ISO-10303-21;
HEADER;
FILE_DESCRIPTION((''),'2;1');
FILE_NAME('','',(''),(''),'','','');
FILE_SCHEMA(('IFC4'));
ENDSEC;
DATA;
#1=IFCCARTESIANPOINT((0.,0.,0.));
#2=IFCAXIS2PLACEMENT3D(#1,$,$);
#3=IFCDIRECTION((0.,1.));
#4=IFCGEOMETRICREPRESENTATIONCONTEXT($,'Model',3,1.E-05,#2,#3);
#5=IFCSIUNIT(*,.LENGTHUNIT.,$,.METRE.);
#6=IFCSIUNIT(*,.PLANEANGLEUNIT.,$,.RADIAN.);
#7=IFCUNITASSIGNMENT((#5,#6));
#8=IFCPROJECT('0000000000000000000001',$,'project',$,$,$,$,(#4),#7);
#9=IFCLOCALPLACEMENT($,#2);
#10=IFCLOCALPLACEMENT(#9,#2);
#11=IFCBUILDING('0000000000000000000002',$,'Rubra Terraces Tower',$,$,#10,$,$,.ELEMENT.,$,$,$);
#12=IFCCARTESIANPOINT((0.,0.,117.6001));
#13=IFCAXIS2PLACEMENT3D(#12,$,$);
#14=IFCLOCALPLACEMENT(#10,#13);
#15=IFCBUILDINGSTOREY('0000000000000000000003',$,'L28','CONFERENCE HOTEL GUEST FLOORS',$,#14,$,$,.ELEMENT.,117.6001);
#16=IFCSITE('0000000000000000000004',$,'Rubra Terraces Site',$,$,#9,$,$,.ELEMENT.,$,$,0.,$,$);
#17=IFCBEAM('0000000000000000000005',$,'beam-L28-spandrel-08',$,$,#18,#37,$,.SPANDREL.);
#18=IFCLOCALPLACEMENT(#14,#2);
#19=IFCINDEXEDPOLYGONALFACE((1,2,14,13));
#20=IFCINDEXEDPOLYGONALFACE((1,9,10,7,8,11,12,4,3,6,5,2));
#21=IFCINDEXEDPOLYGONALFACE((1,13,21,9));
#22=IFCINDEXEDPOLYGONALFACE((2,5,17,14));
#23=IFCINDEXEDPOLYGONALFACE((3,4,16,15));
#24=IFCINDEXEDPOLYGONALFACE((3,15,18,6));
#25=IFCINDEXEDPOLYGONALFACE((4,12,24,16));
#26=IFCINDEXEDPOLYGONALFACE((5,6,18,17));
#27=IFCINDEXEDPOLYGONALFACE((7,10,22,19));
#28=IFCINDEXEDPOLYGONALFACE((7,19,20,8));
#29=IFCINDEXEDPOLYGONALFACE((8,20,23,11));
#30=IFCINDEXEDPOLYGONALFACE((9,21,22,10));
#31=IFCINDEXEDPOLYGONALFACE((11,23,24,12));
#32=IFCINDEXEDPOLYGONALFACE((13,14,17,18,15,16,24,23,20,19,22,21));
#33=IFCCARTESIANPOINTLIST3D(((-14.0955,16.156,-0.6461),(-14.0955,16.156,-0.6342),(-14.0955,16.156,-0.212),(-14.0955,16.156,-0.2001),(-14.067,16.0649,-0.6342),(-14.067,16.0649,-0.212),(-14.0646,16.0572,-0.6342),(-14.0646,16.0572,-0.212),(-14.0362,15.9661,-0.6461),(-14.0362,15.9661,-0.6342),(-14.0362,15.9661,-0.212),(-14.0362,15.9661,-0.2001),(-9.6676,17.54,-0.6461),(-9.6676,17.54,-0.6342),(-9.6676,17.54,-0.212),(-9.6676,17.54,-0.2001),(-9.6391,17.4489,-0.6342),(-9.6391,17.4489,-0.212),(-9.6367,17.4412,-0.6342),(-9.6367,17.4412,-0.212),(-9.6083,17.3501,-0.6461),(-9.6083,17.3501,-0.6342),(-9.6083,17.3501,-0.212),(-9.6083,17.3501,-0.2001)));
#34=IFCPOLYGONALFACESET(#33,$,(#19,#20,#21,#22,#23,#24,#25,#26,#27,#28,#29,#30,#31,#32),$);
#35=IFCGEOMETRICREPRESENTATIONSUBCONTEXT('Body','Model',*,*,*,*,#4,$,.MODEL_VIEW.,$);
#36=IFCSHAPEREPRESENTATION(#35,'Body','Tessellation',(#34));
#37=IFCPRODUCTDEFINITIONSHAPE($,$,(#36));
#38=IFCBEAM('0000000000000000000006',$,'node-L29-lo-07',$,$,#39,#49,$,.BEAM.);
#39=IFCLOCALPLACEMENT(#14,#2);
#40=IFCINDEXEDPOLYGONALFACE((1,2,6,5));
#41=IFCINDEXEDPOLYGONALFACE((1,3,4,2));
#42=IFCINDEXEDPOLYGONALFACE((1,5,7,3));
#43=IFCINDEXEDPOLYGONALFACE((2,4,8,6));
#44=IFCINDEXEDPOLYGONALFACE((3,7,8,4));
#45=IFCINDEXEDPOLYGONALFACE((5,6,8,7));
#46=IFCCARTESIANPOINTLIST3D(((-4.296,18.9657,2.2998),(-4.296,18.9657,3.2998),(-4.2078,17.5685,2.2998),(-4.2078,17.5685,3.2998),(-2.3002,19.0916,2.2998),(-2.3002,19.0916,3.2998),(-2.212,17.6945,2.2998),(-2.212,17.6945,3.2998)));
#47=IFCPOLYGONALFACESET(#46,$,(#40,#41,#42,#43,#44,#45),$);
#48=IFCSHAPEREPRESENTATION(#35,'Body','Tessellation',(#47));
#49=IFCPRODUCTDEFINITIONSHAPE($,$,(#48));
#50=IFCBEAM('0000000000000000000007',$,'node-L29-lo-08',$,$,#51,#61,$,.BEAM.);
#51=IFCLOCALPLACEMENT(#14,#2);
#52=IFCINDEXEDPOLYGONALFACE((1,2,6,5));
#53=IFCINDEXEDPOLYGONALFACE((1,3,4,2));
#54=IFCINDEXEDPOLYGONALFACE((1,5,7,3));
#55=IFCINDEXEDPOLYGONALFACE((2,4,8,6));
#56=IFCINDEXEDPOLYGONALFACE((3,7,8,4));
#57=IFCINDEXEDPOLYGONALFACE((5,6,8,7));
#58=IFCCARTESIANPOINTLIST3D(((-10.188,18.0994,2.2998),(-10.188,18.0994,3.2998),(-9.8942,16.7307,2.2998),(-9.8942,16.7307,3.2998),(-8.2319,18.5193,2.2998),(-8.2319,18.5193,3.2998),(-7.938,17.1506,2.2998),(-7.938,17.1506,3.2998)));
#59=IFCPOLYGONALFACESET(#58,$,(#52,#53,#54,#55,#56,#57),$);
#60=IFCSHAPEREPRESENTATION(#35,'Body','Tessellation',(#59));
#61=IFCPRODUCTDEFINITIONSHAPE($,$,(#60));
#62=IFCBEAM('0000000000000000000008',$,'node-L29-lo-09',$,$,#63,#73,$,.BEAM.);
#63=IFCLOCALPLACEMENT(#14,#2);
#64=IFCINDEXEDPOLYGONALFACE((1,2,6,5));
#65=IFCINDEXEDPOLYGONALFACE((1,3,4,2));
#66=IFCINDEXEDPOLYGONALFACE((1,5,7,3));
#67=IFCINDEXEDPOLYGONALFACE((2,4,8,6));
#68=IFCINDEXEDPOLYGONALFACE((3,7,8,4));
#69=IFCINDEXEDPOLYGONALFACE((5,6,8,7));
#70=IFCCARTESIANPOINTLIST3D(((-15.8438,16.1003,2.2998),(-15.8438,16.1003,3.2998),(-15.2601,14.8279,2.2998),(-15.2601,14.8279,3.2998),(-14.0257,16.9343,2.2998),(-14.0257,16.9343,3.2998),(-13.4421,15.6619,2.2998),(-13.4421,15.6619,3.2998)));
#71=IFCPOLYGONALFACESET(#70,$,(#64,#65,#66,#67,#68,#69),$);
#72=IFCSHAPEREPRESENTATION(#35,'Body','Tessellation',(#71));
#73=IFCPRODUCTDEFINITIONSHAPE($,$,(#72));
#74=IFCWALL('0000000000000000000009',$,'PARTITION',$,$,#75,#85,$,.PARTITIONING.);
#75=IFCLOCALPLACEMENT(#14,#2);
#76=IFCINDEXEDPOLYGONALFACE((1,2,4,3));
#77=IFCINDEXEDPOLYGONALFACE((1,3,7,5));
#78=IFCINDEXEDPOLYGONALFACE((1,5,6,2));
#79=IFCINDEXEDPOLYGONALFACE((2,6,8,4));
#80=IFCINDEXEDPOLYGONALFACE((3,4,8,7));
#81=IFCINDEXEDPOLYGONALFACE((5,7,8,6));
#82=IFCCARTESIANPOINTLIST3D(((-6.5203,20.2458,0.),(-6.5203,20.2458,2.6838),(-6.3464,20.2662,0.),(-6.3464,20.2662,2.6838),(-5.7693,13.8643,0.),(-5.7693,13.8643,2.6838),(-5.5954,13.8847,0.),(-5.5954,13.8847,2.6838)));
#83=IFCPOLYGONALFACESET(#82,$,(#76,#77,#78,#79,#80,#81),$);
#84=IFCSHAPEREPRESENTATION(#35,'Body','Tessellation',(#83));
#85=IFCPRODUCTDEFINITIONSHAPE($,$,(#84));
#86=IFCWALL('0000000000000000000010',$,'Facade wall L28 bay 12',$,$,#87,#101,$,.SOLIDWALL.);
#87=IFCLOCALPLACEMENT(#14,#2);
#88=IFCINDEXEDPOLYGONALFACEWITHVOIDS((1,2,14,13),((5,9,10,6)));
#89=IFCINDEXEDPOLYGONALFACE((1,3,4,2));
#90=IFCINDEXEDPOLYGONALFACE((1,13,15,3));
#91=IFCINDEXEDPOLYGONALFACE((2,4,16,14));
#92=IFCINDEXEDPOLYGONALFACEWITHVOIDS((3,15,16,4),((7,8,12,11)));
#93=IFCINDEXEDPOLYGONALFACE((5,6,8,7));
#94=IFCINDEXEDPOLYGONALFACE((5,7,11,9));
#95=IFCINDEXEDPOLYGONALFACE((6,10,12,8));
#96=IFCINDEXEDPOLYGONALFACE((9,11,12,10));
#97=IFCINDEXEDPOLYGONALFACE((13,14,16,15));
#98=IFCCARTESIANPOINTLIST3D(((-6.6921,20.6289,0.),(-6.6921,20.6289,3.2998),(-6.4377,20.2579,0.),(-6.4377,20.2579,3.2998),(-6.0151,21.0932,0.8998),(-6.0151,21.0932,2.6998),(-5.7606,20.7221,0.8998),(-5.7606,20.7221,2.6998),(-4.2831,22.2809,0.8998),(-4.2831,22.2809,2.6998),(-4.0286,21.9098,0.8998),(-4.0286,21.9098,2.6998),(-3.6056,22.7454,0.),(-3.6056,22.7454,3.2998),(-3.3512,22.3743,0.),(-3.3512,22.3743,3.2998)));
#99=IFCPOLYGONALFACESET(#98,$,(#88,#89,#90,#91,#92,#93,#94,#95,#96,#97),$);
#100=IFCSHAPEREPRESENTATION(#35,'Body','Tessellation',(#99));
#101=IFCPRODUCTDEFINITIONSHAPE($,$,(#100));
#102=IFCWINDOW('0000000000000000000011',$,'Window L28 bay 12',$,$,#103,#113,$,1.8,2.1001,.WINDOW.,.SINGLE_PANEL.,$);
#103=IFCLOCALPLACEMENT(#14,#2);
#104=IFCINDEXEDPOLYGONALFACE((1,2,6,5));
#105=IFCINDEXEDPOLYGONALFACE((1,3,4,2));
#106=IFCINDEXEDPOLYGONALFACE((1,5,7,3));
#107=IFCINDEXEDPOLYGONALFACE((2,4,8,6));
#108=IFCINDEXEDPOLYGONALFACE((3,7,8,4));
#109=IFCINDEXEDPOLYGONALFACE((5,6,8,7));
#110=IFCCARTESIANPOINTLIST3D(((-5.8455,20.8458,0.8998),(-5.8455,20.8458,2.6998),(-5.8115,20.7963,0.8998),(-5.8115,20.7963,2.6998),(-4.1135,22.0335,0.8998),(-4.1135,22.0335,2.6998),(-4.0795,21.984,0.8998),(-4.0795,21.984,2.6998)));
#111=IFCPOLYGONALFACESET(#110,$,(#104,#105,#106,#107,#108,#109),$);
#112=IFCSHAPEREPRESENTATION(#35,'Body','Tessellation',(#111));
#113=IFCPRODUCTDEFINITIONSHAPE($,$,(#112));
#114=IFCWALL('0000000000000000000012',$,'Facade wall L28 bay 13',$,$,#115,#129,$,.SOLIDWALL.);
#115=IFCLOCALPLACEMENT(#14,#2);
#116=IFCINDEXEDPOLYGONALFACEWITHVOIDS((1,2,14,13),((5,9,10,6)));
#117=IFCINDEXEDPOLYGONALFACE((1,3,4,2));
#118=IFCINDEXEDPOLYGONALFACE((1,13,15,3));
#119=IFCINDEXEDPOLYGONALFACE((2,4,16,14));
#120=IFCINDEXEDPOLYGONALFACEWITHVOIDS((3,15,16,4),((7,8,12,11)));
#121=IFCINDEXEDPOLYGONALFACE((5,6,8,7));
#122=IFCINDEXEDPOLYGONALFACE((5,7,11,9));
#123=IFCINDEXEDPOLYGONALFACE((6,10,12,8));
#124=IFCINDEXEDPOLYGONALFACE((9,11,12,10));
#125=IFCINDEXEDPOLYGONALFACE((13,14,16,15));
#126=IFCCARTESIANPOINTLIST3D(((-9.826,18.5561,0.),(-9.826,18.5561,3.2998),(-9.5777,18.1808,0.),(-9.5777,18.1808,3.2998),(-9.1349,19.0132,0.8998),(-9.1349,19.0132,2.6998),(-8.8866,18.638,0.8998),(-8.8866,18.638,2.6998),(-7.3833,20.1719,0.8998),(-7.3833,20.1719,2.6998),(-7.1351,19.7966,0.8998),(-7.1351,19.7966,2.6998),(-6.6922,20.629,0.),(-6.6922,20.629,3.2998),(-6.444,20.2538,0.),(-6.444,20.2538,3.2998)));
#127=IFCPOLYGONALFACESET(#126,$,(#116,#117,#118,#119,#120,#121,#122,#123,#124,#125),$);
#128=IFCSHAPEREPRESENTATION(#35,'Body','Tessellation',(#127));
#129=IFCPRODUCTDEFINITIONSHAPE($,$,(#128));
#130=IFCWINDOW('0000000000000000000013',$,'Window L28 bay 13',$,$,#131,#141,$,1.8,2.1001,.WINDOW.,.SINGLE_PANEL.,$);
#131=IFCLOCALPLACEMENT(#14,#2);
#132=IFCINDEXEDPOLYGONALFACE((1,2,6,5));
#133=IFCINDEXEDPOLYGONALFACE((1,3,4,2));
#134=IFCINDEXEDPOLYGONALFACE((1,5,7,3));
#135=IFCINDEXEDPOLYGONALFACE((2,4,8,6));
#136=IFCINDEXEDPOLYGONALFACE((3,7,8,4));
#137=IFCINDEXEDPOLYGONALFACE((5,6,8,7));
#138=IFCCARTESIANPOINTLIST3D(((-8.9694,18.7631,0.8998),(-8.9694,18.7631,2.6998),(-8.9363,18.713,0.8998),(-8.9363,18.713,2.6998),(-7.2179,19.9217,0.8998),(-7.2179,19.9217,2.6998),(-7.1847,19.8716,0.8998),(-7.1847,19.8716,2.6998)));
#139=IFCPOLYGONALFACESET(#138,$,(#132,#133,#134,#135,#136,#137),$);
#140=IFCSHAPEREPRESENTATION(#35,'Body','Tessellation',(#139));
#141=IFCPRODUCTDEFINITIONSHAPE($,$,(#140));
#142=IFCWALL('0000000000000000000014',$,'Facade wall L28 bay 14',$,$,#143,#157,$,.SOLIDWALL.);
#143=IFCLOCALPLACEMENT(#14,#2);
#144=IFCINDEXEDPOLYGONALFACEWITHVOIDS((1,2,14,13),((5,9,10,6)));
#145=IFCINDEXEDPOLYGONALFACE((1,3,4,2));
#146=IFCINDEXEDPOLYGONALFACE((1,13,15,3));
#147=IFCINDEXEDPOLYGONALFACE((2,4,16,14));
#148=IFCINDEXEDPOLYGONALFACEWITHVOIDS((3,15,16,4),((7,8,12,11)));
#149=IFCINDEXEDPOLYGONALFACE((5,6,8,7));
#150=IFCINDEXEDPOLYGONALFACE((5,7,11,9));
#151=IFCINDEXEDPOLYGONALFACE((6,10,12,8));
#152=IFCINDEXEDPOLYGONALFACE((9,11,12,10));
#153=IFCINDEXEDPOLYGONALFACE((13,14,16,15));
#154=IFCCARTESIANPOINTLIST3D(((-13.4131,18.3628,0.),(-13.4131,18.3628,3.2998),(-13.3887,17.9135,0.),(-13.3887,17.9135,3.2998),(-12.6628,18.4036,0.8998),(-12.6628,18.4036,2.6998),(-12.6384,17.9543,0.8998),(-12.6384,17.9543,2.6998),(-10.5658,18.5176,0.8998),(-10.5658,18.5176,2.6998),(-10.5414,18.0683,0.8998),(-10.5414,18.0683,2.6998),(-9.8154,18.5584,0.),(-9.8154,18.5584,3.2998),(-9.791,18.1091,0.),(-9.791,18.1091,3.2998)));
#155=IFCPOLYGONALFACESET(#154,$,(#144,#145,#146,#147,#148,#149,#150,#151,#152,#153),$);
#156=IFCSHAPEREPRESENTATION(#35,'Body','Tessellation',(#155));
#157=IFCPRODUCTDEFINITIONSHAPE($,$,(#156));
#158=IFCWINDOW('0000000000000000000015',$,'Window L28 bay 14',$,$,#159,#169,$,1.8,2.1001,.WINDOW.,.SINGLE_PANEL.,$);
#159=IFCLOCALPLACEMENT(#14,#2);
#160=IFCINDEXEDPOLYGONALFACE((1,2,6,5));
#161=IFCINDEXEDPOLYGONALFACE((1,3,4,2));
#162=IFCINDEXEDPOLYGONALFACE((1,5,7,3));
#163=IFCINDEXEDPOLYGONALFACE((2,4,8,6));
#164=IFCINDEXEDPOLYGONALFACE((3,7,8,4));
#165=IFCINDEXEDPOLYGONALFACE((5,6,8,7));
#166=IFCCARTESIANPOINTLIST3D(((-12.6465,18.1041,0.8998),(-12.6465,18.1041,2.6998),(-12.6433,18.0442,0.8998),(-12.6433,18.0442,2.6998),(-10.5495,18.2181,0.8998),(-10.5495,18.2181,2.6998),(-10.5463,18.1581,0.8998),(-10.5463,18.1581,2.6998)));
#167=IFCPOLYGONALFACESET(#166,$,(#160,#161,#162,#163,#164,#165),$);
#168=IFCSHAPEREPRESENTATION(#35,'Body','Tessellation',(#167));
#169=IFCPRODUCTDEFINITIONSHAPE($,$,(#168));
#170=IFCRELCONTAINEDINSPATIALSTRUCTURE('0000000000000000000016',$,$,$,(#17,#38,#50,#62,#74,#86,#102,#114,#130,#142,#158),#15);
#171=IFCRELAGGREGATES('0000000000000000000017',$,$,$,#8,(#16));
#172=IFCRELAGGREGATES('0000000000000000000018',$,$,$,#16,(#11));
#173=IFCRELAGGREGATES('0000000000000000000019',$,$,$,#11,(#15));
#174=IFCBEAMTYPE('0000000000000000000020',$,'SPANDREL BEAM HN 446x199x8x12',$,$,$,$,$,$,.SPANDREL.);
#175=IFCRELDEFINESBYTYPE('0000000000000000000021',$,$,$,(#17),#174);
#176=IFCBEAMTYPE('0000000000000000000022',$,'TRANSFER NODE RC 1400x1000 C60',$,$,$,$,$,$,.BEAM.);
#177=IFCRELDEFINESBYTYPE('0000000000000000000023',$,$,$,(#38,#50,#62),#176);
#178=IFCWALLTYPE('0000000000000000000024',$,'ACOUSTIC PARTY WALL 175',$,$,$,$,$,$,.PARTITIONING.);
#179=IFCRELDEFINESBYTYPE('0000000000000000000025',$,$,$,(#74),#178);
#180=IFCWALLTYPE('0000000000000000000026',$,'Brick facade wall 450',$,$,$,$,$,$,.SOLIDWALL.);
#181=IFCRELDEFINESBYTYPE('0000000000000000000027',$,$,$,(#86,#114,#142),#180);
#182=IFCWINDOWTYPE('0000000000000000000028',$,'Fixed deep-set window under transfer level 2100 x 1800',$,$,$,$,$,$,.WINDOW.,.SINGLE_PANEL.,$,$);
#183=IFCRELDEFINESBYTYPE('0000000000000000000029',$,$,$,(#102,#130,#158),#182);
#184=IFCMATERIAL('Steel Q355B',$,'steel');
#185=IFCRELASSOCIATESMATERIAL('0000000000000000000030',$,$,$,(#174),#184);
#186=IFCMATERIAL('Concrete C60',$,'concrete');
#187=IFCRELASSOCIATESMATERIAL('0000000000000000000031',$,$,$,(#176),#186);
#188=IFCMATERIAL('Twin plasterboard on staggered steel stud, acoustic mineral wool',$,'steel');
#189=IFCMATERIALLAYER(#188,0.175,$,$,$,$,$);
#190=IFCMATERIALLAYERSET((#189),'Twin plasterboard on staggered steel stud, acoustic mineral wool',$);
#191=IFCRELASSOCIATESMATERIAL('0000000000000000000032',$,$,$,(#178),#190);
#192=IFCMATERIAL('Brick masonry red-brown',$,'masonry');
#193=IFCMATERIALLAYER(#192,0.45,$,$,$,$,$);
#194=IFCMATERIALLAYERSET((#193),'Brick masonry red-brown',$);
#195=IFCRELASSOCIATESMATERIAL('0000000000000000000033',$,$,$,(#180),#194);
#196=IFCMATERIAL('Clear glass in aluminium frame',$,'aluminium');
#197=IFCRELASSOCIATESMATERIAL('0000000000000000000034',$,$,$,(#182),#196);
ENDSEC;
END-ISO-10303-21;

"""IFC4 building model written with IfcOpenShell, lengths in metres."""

from ifc_helpers import new_model, si_unit, direction, frame, frame_2d, origin, origin_2d, place, context, subcontext, project, spatial, rectangle, i_section, extrude, material, layer, layer_set, material_profile, profile_set, type_object, element, fill, save


model = new_model("IFC4")

# Units and contexts
model_context = context("Model", 3, precision=1e-05, world=origin(), true_north=direction((0.0, 1.0)))
body_context = subcontext(model_context, "Body", "Model", "MODEL_VIEW")
ifc_project = project(units=[si_unit("LENGTHUNIT", "METRE"), si_unit("PLANEANGLEUNIT", "RADIAN")], contexts=[model_context])

# Site, building, storey
site_placement = place(None, origin())
site = spatial("IfcSite", under=ifc_project, at=site_placement, Name="Rubra Terraces Site", CompositionType="ELEMENT", RefElevation=0.0)
building_placement = place(site_placement, origin())
building = spatial("IfcBuilding", under=site, at=building_placement, Name="Rubra Terraces Tower", CompositionType="ELEMENT")
storey_placement = place(building_placement, frame((0.0, 0.0, 117.6001)))
storey = spatial("IfcBuildingStorey", under=building, at=storey_placement, Name="L28", Description="CONFERENCE HOTEL GUEST FLOORS", CompositionType="ELEMENT", Elevation=117.6001)

# Shared definitions
ifc_material_1 = material(Name="Concrete C60", Category="concrete")

# Beams
ifc_material_2 = material(Name="Steel Q355B", Category="steel")
ifc_material_profile_1 = material_profile(ifc_material_2, i_section(OverallWidth=0.199, OverallDepth=0.446, WebThickness=0.0081, FlangeThickness=0.012, at=origin_2d()), Name="HN 446x199x8x12")
ifc_profile_set_1 = profile_set([ifc_material_profile_1], Name="Steel Q355B")
beam_type_1 = type_object("IfcBeamType", Name="SPANDREL BEAM HN 446x199x8x12", PredefinedType="SPANDREL", material=ifc_profile_set_1)
beam_1_placement = place(storey_placement, frame((-9.6379, 17.4451, -0.4231), z_axis=(-0.954462, -0.298332, 0.0), x_axis=(0.298332, -0.954462, 0.0)))
element("IfcBeam", 1, at=beam_1_placement, inside=storey, type_object=beam_type_1, Name="beam-L28-spandrel-08", PredefinedType="SPANDREL", context=body_context, shape_type="SweptSolid", body=[
    extrude(i_section(OverallWidth=0.199, OverallDepth=0.446, WebThickness=0.0081, FlangeThickness=0.012, at=origin_2d()), origin(), (0.0, 0.0, 1.0), 4.6392),
])
ifc_material_profile_2 = material_profile(ifc_material_1, rectangle(XDim=1.3999, YDim=1.0, at=origin_2d()), Name="RC 1400x1000")
ifc_profile_set_2 = profile_set([ifc_material_profile_2], Name="Concrete C60")
beam_type_2 = type_object("IfcBeamType", Name="TRANSFER NODE RC 1400x1000 C60", PredefinedType="BEAM", material=ifc_profile_set_2)
beam_2_placement = place(storey_placement, frame((-2.2561, 18.3931, 2.7998), z_axis=(-0.998014, -0.062994, 0.0), x_axis=(0.062994, -0.998014, 0.0)))
element("IfcBeam", 2, at=beam_2_placement, inside=storey, type_object=beam_type_2, Name="node-L29-lo-07", PredefinedType="BEAM", context=body_context, shape_type="SweptSolid", body=[
    extrude(rectangle(XDim=1.3999, YDim=1.0, at=origin_2d()), origin(), (0.0, 0.0, 1.0), 1.9998),
])
beam_3_placement = place(storey_placement, frame((-8.085, 17.835, 2.7998), z_axis=(-0.977724, -0.209896, 0.0), x_axis=(0.209896, -0.977724, 0.0)))
element("IfcBeam", 3, at=beam_3_placement, inside=storey, type_object=beam_type_2, Name="node-L29-lo-08", PredefinedType="BEAM", context=body_context, shape_type="SweptSolid", body=[
    extrude(rectangle(XDim=1.3999, YDim=1.0, at=origin_2d()), origin(), (0.0, 0.0, 1.0), 2.0007),
])
beam_4_placement = place(storey_placement, frame((-13.7339, 16.2981, 2.7998), z_axis=(-0.908936, -0.416936, 0.0), x_axis=(0.416936, -0.908936, 0.0)))
element("IfcBeam", 4, at=beam_4_placement, inside=storey, type_object=beam_type_2, Name="node-L29-lo-09", PredefinedType="BEAM", context=body_context, shape_type="SweptSolid", body=[
    extrude(rectangle(XDim=1.3999, YDim=1.0, at=origin_2d()), origin(), (0.0, 0.0, 1.0), 2.0002),
])

# Wall
ifc_material_3 = material(Name="Twin plasterboard on staggered steel stud, acoustic mineral wool", Category="steel")
ifc_layer_1 = layer(ifc_material_3, 0.175)
ifc_layer_set_1 = layer_set([ifc_layer_1], Name="Twin plasterboard on staggered steel stud, acoustic mineral wool")
wall_type_1 = type_object("IfcWallType", Name="ACOUSTIC PARTY WALL 175", PredefinedType="PARTITIONING", material=ifc_layer_set_1)
wall_1_placement = place(storey_placement, frame((-6.4333, 20.2561, 0.0), z_axis=(0.0, 0.0, 1.0), x_axis=(0.116872, -0.993147, 0.0)))
element("IfcWall", 5, at=wall_1_placement, inside=storey, type_object=wall_type_1, Name="PARTITION", PredefinedType="PARTITIONING", context=body_context, shape_type="SweptSolid", body=[
    extrude(rectangle(XDim=6.4255, YDim=0.175, at=frame_2d((3.2129, 0.0))), origin(), (0.0, 0.0, 1.0), 2.6838),
])

# Walls, openings, windows
ifc_material_4 = material(Name="Brick masonry red-brown", Category="masonry")
ifc_layer_2 = layer(ifc_material_4, 0.45)
ifc_layer_set_2 = layer_set([ifc_layer_2], Name="Brick masonry red-brown")
wall_type_2 = type_object("IfcWallType", Name="Brick facade wall 450", PredefinedType="SOLIDWALL", material=ifc_layer_set_2)
wall_2_placement = place(storey_placement, frame((-3.4785, 22.5598, 0.0), z_axis=(0.0, 0.0, 1.0), x_axis=(-0.824723, -0.565537, 0.0)))
wall_2 = element("IfcWall", 6, at=wall_2_placement, inside=storey, type_object=wall_type_2, Name="Facade wall L28 bay 12", PredefinedType="SOLIDWALL", context=body_context, shape_type="SweptSolid", body=[
    extrude(rectangle(XDim=3.7424, YDim=0.45, at=frame_2d((1.8711, 0.0))), origin(), (0.0, 0.0, 1.0), 3.2998),
])
opening_1_placement = place(wall_2_placement, frame((0.8213, 0.0, 0.8999)))
opening_1 = element("IfcOpeningElement", 7, at=opening_1_placement, cuts=wall_2, PredefinedType="OPENING", context=body_context, shape_type="SweptSolid", body=[
    extrude(rectangle(XDim=2.1001, YDim=1.8, at=frame_2d((1.05, 0.8999))), frame((0.0, 0.2349, 0.0), z_axis=(0.0, -1.0, 0.0), x_axis=(1.0, 0.0, 0.0)), (0.0, 0.0, 1.0), 0.47),
])
ifc_material_5 = material(Name="Clear glass in aluminium frame", Category="aluminium")
window_type = type_object("IfcWindowType", Name="Fixed deep-set window under transfer level 2100 x 1800", PartitioningType="SINGLE_PANEL", PredefinedType="WINDOW", material=ifc_material_5)
window_1_placement = place(opening_1_placement, origin())
window_1 = element("IfcWindow", 8, at=window_1_placement, inside=storey, type_object=window_type, Name="Window L28 bay 12", OverallHeight=1.8, OverallWidth=2.1001, PartitioningType="SINGLE_PANEL", PredefinedType="WINDOW", context=body_context, shape_type="SweptSolid", body=[
    extrude(rectangle(XDim=2.1001, YDim=1.8, at=frame_2d((1.05, 0.8999))), frame((0.0, 0.135, 0.0), z_axis=(0.0, -1.0, 0.0), x_axis=(1.0, 0.0, 0.0)), (0.0, 0.0, 1.0), 0.0601),
])
fill(opening_1, window_1)
wall_3_placement = place(storey_placement, frame((-6.5681, 20.4414, 0.0), z_axis=(0.0, 0.0, 1.0), x_axis=(-0.834034, -0.551713, 0.0)))
wall_3 = element("IfcWall", 9, at=wall_3_placement, inside=storey, type_object=wall_type_2, Name="Facade wall L28 bay 13", PredefinedType="SOLIDWALL", context=body_context, shape_type="SweptSolid", body=[
    extrude(rectangle(XDim=3.7573, YDim=0.45, at=frame_2d((1.8787, 0.0))), origin(), (0.0, 0.0, 1.0), 3.2998),
])
opening_2_placement = place(wall_3_placement, frame((0.8286, 0.0, 0.8999)))
opening_2 = element("IfcOpeningElement", 10, at=opening_2_placement, cuts=wall_3, PredefinedType="OPENING", context=body_context, shape_type="SweptSolid", body=[
    extrude(rectangle(XDim=2.1001, YDim=1.8, at=frame_2d((1.05, 0.8999))), frame((0.0, 0.2349, 0.0), z_axis=(0.0, -1.0, 0.0), x_axis=(1.0, 0.0, 0.0)), (0.0, 0.0, 1.0), 0.47),
])
window_2_placement = place(opening_2_placement, origin())
window_2 = element("IfcWindow", 11, at=window_2_placement, inside=storey, type_object=window_type, Name="Window L28 bay 13", OverallHeight=1.8, OverallWidth=2.1001, PartitioningType="SINGLE_PANEL", PredefinedType="WINDOW", context=body_context, shape_type="SweptSolid", body=[
    extrude(rectangle(XDim=2.1001, YDim=1.8, at=frame_2d((1.05, 0.8999))), frame((0.0, 0.135, 0.0), z_axis=(0.0, -1.0, 0.0), x_axis=(1.0, 0.0, 0.0)), (0.0, 0.0, 1.0), 0.0601),
])
fill(opening_2, window_2)
wall_4_placement = place(storey_placement, frame((-9.8032, 18.3337, 0.0), z_axis=(0.0, 0.0, 1.0), x_axis=(-0.998526, -0.054277, 0.0)))
wall_4 = element("IfcWall", 12, at=wall_4_placement, inside=storey, type_object=wall_type_2, Name="Facade wall L28 bay 14", PredefinedType="SOLIDWALL", context=body_context, shape_type="SweptSolid", body=[
    extrude(rectangle(XDim=3.603, YDim=0.45, at=frame_2d((1.8015, 0.0))), origin(), (0.0, 0.0, 1.0), 3.2998),
])
opening_3_placement = place(wall_4_placement, frame((0.7515, 0.0, 0.8999)))
opening_3 = element("IfcOpeningElement", 13, at=opening_3_placement, cuts=wall_4, PredefinedType="OPENING", context=body_context, shape_type="SweptSolid", body=[
    extrude(rectangle(XDim=2.1001, YDim=1.8, at=frame_2d((1.05, 0.8999))), frame((0.0, 0.2349, 0.0), z_axis=(0.0, -1.0, 0.0), x_axis=(1.0, 0.0, 0.0)), (0.0, 0.0, 1.0), 0.47),
])
window_3_placement = place(opening_3_placement, origin())
window_3 = element("IfcWindow", 14, at=window_3_placement, inside=storey, type_object=window_type, Name="Window L28 bay 14", OverallHeight=1.8, OverallWidth=2.1001, PartitioningType="SINGLE_PANEL", PredefinedType="WINDOW", context=body_context, shape_type="SweptSolid", body=[
    extrude(rectangle(XDim=2.1001, YDim=1.8, at=frame_2d((1.05, 0.8999))), frame((0.0, 0.135, 0.0), z_axis=(0.0, -1.0, 0.0), x_axis=(1.0, 0.0, 0.0)), (0.0, 0.0, 1.0), 0.0601),
])
fill(opening_3, window_3)

save(model, "model.ifc")
